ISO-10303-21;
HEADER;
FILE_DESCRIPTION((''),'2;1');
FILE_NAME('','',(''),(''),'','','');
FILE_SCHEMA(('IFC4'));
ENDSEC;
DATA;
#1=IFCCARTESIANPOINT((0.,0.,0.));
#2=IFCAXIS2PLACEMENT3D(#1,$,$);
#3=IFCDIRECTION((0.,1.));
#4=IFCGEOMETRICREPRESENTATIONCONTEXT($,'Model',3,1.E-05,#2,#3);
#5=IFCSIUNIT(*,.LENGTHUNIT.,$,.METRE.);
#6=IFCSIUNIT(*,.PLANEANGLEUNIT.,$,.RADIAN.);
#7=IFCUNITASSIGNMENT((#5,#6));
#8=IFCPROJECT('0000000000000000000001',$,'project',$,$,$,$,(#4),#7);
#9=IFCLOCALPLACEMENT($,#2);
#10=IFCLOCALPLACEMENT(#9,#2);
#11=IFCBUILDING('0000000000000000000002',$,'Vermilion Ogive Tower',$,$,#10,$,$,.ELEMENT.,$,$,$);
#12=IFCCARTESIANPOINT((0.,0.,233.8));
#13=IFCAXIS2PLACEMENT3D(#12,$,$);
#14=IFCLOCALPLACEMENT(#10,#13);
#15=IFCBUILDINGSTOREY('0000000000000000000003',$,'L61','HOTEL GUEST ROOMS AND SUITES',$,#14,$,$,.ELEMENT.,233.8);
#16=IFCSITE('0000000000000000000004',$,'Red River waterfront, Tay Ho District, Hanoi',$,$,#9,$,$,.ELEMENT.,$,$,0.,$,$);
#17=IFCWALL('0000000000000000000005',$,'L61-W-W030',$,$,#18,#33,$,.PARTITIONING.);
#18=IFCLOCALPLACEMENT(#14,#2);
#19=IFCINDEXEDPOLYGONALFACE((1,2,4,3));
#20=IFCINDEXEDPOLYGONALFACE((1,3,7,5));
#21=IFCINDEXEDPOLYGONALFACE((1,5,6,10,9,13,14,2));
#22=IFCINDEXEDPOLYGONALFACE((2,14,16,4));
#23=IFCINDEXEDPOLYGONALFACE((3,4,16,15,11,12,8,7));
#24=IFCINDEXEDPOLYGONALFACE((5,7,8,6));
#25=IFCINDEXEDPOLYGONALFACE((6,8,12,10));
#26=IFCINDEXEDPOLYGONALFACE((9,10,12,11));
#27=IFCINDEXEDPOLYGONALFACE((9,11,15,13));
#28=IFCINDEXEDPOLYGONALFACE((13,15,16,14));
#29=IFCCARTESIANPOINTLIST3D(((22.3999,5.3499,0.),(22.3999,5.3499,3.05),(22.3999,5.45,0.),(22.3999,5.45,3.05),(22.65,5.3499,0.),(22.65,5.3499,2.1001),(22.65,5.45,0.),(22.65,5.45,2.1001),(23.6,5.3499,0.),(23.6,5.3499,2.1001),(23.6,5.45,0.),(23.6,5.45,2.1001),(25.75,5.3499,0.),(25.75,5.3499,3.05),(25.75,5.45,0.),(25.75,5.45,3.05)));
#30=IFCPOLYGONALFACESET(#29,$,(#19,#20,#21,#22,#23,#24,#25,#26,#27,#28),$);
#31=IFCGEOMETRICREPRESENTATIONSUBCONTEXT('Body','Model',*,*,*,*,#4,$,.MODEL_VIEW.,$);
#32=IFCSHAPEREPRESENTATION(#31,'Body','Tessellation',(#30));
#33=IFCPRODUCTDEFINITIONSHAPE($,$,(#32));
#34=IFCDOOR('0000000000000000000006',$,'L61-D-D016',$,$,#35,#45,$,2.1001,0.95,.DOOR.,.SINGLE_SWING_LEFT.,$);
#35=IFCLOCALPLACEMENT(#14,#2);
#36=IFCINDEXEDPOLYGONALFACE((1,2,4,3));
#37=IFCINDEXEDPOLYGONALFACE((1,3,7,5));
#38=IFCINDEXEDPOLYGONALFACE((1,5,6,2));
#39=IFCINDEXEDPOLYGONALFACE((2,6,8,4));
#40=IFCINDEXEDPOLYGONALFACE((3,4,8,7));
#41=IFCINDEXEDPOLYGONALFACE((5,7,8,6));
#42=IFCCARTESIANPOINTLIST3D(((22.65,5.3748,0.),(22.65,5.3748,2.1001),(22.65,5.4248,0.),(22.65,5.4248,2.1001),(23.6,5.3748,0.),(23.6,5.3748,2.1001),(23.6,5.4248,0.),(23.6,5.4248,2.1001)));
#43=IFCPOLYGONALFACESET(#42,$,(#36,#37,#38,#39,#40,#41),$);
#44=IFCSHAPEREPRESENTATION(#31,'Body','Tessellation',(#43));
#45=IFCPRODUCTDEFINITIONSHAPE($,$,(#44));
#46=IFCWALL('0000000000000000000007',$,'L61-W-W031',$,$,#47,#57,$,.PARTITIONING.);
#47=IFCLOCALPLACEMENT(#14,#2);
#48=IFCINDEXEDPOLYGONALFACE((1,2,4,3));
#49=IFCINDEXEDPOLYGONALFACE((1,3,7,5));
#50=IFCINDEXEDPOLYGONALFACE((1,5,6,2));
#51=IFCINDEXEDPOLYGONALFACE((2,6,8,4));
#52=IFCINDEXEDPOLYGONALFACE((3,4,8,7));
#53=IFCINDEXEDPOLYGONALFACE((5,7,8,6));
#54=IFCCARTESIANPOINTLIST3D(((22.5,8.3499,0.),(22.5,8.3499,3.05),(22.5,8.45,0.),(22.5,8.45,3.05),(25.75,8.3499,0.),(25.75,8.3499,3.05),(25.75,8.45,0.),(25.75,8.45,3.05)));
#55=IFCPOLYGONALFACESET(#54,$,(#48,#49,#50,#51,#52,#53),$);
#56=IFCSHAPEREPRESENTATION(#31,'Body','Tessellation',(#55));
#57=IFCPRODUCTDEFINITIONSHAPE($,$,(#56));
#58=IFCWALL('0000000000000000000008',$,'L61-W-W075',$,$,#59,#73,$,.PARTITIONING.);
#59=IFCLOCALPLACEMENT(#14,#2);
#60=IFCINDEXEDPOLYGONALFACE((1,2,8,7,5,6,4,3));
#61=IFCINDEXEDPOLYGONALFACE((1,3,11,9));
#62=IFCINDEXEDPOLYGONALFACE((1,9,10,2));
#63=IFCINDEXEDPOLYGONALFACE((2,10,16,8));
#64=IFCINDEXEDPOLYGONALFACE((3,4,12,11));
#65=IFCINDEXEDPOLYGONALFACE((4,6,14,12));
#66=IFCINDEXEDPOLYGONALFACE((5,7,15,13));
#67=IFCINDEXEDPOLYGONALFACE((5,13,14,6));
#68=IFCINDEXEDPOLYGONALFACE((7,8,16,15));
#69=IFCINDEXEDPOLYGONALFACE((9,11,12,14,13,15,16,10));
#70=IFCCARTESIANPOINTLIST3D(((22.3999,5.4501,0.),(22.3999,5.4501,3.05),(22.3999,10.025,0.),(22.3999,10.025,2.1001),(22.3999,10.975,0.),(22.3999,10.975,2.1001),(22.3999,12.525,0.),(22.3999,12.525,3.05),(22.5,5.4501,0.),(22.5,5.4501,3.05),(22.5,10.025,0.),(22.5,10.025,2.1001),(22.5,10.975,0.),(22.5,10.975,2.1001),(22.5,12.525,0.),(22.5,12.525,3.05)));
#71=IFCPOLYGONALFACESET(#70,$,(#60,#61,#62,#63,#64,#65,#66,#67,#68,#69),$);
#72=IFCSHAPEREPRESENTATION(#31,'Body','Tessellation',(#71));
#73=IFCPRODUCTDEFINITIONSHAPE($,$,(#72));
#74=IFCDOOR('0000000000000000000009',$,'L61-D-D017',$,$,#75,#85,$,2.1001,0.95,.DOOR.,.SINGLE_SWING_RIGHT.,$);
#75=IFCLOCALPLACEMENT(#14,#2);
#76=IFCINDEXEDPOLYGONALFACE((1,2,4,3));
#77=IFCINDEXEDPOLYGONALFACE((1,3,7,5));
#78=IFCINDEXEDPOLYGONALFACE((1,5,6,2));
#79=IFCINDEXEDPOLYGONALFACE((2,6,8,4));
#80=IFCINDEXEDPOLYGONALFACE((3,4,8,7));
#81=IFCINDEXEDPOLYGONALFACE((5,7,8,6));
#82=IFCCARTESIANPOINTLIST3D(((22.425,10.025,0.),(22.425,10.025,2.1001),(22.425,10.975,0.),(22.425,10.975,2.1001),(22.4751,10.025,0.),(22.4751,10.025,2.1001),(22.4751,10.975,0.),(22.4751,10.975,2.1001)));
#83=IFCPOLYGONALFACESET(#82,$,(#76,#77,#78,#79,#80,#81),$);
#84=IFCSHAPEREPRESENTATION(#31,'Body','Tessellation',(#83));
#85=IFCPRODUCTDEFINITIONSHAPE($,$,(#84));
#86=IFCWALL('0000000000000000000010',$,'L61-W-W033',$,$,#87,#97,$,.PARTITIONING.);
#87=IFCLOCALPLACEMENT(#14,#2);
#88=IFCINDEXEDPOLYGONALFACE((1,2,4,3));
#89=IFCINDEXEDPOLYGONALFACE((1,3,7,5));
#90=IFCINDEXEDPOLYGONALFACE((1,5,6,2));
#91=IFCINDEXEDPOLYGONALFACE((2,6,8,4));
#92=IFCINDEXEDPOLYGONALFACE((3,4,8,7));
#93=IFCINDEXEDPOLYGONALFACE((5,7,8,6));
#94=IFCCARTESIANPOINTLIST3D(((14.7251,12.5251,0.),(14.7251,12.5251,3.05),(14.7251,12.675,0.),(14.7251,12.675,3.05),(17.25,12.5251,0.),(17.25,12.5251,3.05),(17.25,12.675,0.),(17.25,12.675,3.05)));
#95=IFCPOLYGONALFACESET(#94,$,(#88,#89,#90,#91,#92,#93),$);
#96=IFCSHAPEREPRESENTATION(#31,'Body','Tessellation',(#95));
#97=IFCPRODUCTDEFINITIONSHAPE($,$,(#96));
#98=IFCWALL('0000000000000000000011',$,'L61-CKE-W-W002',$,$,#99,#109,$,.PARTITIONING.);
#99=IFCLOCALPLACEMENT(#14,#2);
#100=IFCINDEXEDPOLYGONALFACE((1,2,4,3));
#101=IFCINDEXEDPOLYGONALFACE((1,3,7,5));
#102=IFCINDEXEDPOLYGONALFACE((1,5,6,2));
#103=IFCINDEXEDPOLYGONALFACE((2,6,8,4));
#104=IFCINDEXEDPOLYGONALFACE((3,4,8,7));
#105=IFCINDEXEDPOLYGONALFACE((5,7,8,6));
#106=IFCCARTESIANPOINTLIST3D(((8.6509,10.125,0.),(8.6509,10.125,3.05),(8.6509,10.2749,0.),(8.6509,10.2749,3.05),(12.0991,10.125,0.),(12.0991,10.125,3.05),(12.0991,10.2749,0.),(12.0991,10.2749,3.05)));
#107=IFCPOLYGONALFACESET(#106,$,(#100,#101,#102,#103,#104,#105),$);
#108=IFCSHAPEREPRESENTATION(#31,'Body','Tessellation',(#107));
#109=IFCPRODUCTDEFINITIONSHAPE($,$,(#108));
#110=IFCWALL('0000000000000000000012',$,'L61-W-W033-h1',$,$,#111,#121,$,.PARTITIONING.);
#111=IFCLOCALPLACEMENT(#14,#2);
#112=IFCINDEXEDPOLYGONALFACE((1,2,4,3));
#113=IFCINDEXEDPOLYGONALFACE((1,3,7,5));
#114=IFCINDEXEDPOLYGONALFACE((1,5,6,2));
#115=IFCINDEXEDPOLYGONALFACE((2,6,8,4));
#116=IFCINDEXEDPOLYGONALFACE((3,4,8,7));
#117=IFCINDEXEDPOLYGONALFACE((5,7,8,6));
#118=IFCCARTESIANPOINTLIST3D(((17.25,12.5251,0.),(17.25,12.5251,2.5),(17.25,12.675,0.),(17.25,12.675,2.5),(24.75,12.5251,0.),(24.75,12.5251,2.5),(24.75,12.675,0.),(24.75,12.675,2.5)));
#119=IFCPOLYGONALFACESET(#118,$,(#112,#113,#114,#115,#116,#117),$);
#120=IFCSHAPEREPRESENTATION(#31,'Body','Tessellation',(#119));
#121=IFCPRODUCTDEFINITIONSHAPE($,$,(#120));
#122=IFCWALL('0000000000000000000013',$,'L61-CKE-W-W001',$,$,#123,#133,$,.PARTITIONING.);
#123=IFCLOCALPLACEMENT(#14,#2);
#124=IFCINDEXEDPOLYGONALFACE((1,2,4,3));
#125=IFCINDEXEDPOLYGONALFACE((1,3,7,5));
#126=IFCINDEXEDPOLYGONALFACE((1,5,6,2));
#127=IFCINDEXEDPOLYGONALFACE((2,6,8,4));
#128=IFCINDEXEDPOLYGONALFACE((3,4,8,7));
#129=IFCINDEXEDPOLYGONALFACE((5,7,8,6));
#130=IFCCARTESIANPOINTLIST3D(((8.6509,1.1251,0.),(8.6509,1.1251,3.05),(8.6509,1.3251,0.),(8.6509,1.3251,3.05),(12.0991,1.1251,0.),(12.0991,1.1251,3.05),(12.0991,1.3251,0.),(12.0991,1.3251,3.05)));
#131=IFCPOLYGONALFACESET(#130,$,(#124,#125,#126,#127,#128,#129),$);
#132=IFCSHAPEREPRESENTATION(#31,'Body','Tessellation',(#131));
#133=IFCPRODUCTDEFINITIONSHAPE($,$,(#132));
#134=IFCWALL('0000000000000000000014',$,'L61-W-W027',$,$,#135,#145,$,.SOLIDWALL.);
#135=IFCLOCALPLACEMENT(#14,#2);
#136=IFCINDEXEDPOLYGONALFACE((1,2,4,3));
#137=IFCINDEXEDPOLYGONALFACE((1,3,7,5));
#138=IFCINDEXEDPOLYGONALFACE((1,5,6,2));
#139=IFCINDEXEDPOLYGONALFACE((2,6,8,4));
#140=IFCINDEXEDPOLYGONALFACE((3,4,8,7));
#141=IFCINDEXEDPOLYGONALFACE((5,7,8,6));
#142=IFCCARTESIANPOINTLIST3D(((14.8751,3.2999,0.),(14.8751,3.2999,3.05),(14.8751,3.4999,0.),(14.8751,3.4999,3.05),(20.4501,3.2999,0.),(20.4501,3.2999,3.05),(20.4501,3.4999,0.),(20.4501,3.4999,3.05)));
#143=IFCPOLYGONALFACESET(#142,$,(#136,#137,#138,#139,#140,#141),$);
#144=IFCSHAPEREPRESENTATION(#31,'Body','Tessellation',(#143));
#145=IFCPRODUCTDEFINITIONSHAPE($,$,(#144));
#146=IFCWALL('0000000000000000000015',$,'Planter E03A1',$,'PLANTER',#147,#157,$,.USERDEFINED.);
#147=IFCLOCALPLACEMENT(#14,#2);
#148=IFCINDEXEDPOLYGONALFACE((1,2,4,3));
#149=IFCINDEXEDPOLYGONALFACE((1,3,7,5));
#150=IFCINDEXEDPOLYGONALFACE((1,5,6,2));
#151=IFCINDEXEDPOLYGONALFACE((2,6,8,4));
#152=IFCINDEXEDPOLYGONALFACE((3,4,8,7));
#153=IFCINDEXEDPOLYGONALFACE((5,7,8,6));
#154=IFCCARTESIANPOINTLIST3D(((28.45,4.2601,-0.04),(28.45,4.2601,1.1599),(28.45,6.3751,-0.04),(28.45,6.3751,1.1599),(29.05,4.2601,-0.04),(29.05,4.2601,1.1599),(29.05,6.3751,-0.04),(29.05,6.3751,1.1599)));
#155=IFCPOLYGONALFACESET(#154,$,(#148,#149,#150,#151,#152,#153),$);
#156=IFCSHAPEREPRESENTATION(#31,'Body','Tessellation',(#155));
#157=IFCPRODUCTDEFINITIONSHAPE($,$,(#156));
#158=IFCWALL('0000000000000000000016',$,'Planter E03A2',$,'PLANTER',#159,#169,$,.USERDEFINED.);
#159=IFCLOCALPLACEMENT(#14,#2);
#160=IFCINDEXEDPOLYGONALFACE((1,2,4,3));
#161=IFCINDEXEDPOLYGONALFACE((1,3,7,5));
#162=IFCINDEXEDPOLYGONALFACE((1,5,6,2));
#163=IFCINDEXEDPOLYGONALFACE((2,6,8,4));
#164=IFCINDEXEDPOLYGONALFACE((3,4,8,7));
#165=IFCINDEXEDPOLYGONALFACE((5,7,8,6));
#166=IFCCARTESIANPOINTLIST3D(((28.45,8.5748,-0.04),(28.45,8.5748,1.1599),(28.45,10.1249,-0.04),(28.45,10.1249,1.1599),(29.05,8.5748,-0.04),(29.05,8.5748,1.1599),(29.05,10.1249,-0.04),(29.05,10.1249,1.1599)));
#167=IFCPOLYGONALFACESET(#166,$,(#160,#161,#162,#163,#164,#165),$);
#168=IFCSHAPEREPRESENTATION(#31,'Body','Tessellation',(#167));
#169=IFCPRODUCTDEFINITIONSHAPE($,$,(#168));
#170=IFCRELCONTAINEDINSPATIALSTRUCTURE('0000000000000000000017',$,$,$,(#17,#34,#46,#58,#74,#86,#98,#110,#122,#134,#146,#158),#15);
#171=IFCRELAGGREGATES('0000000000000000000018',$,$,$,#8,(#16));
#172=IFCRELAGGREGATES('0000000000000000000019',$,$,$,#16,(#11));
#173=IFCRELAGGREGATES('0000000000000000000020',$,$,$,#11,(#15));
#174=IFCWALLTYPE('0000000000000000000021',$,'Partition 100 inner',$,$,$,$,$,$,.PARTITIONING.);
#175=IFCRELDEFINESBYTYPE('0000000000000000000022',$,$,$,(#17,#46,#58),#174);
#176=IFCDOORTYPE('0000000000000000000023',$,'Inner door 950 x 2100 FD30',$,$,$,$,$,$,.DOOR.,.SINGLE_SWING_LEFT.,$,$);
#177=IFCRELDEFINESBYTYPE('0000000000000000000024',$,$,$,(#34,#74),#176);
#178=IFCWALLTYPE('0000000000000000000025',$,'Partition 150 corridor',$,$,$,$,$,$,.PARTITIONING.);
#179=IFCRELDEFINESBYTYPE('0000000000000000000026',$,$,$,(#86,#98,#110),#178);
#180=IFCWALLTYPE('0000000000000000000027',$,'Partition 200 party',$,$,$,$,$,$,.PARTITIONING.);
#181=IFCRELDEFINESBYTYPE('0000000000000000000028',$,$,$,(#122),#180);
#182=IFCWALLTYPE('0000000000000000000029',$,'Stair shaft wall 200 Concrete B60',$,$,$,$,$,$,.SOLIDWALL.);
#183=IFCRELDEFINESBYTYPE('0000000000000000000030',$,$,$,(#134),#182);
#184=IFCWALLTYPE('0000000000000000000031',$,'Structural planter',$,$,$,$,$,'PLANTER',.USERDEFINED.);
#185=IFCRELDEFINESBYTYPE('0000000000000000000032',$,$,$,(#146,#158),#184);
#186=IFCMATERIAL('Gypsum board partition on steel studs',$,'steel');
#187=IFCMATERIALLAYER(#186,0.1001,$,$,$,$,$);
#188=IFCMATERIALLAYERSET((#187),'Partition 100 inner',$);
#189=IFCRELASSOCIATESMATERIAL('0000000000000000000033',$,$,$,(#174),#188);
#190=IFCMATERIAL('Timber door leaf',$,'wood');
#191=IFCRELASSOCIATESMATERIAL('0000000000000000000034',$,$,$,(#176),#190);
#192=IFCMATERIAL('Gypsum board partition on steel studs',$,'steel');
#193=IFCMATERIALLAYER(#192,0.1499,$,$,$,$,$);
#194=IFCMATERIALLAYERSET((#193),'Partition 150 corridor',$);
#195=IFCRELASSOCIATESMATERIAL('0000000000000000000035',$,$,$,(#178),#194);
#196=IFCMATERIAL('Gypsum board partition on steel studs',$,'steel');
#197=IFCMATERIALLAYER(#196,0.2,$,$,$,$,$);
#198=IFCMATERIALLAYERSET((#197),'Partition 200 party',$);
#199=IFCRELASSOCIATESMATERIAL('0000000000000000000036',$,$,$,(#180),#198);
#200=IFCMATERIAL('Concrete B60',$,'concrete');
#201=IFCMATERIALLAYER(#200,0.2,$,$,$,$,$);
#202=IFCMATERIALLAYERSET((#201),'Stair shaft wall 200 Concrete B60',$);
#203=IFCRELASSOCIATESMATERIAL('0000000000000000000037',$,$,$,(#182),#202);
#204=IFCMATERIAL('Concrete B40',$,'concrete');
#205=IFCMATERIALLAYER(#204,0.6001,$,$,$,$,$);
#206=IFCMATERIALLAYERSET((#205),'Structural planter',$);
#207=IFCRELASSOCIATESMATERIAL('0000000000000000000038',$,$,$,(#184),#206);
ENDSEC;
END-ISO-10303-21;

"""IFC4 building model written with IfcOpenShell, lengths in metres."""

from ifc_helpers import new_model, si_unit, direction, frame, frame_2d, origin, place, context, subcontext, project, spatial, rectangle, extrude, material, layer, layer_set, type_object, element, fill, save


model = new_model("IFC4")

# Units and contexts
model_context = context("Model", 3, precision=1e-05, world=origin(), true_north=direction((0.0, 1.0)))
body_context = subcontext(model_context, "Body", "Model", "MODEL_VIEW")
ifc_project = project(units=[si_unit("LENGTHUNIT", "METRE"), si_unit("PLANEANGLEUNIT", "RADIAN")], contexts=[model_context])

# Site, building, storey
site_placement = place(None, origin())
site = spatial("IfcSite", under=ifc_project, at=site_placement, Name="Red River waterfront, Tay Ho District, Hanoi", CompositionType="ELEMENT", RefElevation=0.0)
building_placement = place(site_placement, origin())
building = spatial("IfcBuilding", under=site, at=building_placement, Name="Vermilion Ogive Tower", CompositionType="ELEMENT")
storey_placement = place(building_placement, frame((0.0, 0.0, 233.8)))
storey = spatial("IfcBuildingStorey", under=building, at=storey_placement, Name="L61", Description="HOTEL GUEST ROOMS AND SUITES", CompositionType="ELEMENT", Elevation=233.8)

# Wall, opening, door
ifc_material_1 = material(Name="Gypsum board partition on steel studs", Category="steel")
ifc_layer_1 = layer(ifc_material_1, 0.1001)
ifc_layer_set_1 = layer_set([ifc_layer_1], Name="Partition 100 inner")
wall_type_1 = type_object("IfcWallType", Name="Partition 100 inner", PredefinedType="PARTITIONING", material=ifc_layer_set_1)
ifc_material_2 = material(Name="Timber door leaf", Category="wood")
door_type_1 = type_object("IfcDoorType", Name="Inner door 950 x 2100 FD30", OperationType="SINGLE_SWING_LEFT", PredefinedType="DOOR", material=ifc_material_2)
wall_1_placement = place(storey_placement, frame((22.3999, 5.3999, 0.0), z_axis=(0.0, 0.0, 1.0), x_axis=(1.0, 0.0, 0.0)))
wall_1 = element("IfcWall", 1, at=wall_1_placement, inside=storey, type_object=wall_type_1, Name="L61-W-W030", PredefinedType="PARTITIONING", context=body_context, shape_type="SweptSolid", body=[
    extrude(rectangle(XDim=3.3501, YDim=0.1001, at=frame_2d((1.675, 0.0))), origin(), (0.0, 0.0, 1.0), 3.05),
])
opening_1_placement = place(wall_1_placement, frame((0.25, 0.0, 0.0)))
opening_1 = element("IfcOpeningElement", 2, at=opening_1_placement, cuts=wall_1, PredefinedType="OPENING", context=body_context, shape_type="SweptSolid", body=[
    extrude(rectangle(XDim=0.95, YDim=2.1001, at=frame_2d((0.4751, 1.05))), frame((0.0, 0.0601, 0.0), z_axis=(0.0, -1.0, 0.0), x_axis=(1.0, 0.0, 0.0)), (0.0, 0.0, 1.0), 0.1201),
])
door_1_placement = place(opening_1_placement, origin())
door_1 = element("IfcDoor", 3, at=door_1_placement, inside=storey, type_object=door_type_1, Name="L61-D-D016", OperationType="SINGLE_SWING_LEFT", OverallHeight=2.1001, OverallWidth=0.95, PredefinedType="DOOR", context=body_context, shape_type="SweptSolid", body=[
    extrude(rectangle(XDim=0.95, YDim=2.1001, at=frame_2d((0.4751, 1.05))), frame((0.0, 0.0249, 0.0), z_axis=(0.0, -1.0, 0.0), x_axis=(1.0, 0.0, 0.0)), (0.0, 0.0, 1.0), 0.05),
])
fill(opening_1, door_1)

# Wall
wall_2_placement = place(storey_placement, frame((22.5, 8.3999, 0.0), z_axis=(0.0, 0.0, 1.0), x_axis=(1.0, 0.0, 0.0)))
element("IfcWall", 4, at=wall_2_placement, inside=storey, type_object=wall_type_1, Name="L61-W-W031", PredefinedType="PARTITIONING", context=body_context, shape_type="SweptSolid", body=[
    extrude(rectangle(XDim=3.25, YDim=0.1001, at=frame_2d((1.625, 0.0))), origin(), (0.0, 0.0, 1.0), 3.05),
])

# Wall, opening, door
wall_3_placement = place(storey_placement, frame((22.45, 5.45, 0.0), z_axis=(0.0, 0.0, 1.0), x_axis=(0.0, 1.0, 0.0)))
wall_3 = element("IfcWall", 5, at=wall_3_placement, inside=storey, type_object=wall_type_1, Name="L61-W-W075", PredefinedType="PARTITIONING", context=body_context, shape_type="SweptSolid", body=[
    extrude(rectangle(XDim=7.075, YDim=0.1001, at=frame_2d((3.5376, 0.0))), origin(), (0.0, 0.0, 1.0), 3.05),
])
opening_2_placement = place(wall_3_placement, frame((4.575, 0.0, 0.0)))
opening_2 = element("IfcOpeningElement", 6, at=opening_2_placement, cuts=wall_3, PredefinedType="OPENING", context=body_context, shape_type="SweptSolid", body=[
    extrude(rectangle(XDim=0.95, YDim=2.1001, at=frame_2d((0.4751, 1.05))), frame((0.0, 0.0601, 0.0), z_axis=(0.0, -1.0, 0.0), x_axis=(1.0, 0.0, 0.0)), (0.0, 0.0, 1.0), 0.1201),
])
door_2_placement = place(opening_2_placement, origin())
door_2 = element("IfcDoor", 7, at=door_2_placement, inside=storey, type_object=door_type_1, Name="L61-D-D017", OperationType="SINGLE_SWING_RIGHT", OverallHeight=2.1001, OverallWidth=0.95, PredefinedType="DOOR", context=body_context, shape_type="SweptSolid", body=[
    extrude(rectangle(XDim=0.95, YDim=2.1001, at=frame_2d((0.4751, 1.05))), frame((0.0, 0.0249, 0.0), z_axis=(0.0, -1.0, 0.0), x_axis=(1.0, 0.0, 0.0)), (0.0, 0.0, 1.0), 0.05),
])
fill(opening_2, door_2)

# Walls
ifc_material_3 = material(Name="Gypsum board partition on steel studs", Category="steel")
ifc_layer_2 = layer(ifc_material_3, 0.1499)
ifc_layer_set_2 = layer_set([ifc_layer_2], Name="Partition 150 corridor")
wall_type_2 = type_object("IfcWallType", Name="Partition 150 corridor", PredefinedType="PARTITIONING", material=ifc_layer_set_2)
wall_4_placement = place(storey_placement, frame((14.7251, 12.6001, 0.0), z_axis=(0.0, 0.0, 1.0), x_axis=(1.0, 0.0, 0.0)))
element("IfcWall", 8, at=wall_4_placement, inside=storey, type_object=wall_type_2, Name="L61-W-W033", PredefinedType="PARTITIONING", context=body_context, shape_type="SweptSolid", body=[
    extrude(rectangle(XDim=2.5249, YDim=0.1499, at=frame_2d((1.2625, 0.0))), origin(), (0.0, 0.0, 1.0), 3.05),
])
wall_5_placement = place(storey_placement, frame((8.6509, 10.2, 0.0), z_axis=(0.0, 0.0, 1.0), x_axis=(1.0, 0.0, 0.0)))
element("IfcWall", 9, at=wall_5_placement, inside=storey, type_object=wall_type_2, Name="L61-CKE-W-W002", PredefinedType="PARTITIONING", context=body_context, shape_type="SweptSolid", body=[
    extrude(rectangle(XDim=3.4482, YDim=0.1499, at=frame_2d((1.7241, 0.0))), origin(), (0.0, 0.0, 1.0), 3.05),
])
wall_6_placement = place(storey_placement, frame((17.25, 12.6001, 0.0), z_axis=(0.0, 0.0, 1.0), x_axis=(1.0, 0.0, 0.0)))
element("IfcWall", 10, at=wall_6_placement, inside=storey, type_object=wall_type_2, Name="L61-W-W033-h1", PredefinedType="PARTITIONING", context=body_context, shape_type="SweptSolid", body=[
    extrude(rectangle(XDim=7.5, YDim=0.1499, at=frame_2d((3.75, 0.0))), origin(), (0.0, 0.0, 1.0), 2.5),
])
ifc_material_4 = material(Name="Gypsum board partition on steel studs", Category="steel")
ifc_layer_3 = layer(ifc_material_4, 0.2)
ifc_layer_set_3 = layer_set([ifc_layer_3], Name="Partition 200 party")
wall_type_3 = type_object("IfcWallType", Name="Partition 200 party", PredefinedType="PARTITIONING", material=ifc_layer_set_3)
wall_7_placement = place(storey_placement, frame((8.6509, 1.2251, 0.0), z_axis=(0.0, 0.0, 1.0), x_axis=(1.0, 0.0, 0.0)))
element("IfcWall", 11, at=wall_7_placement, inside=storey, type_object=wall_type_3, Name="L61-CKE-W-W001", PredefinedType="PARTITIONING", context=body_context, shape_type="SweptSolid", body=[
    extrude(rectangle(XDim=3.4482, YDim=0.2, at=frame_2d((1.7241, 0.0))), origin(), (0.0, 0.0, 1.0), 3.05),
])
ifc_material_5 = material(Name="Concrete B60", Category="concrete")
ifc_layer_4 = layer(ifc_material_5, 0.2)
ifc_layer_set_4 = layer_set([ifc_layer_4], Name="Stair shaft wall 200 Concrete B60")
wall_type_4 = type_object("IfcWallType", Name="Stair shaft wall 200 Concrete B60", PredefinedType="SOLIDWALL", material=ifc_layer_set_4)
wall_8_placement = place(storey_placement, frame((14.875, 3.3999, 0.0), z_axis=(0.0, 0.0, 1.0), x_axis=(1.0, 0.0, 0.0)))
element("IfcWall", 12, at=wall_8_placement, inside=storey, type_object=wall_type_4, Name="L61-W-W027", PredefinedType="SOLIDWALL", context=body_context, shape_type="SweptSolid", body=[
    extrude(rectangle(XDim=5.575, YDim=0.2, at=frame_2d((2.7876, 0.0))), origin(), (0.0, 0.0, 1.0), 3.05),
])
ifc_material_6 = material(Name="Concrete B40", Category="concrete")
ifc_layer_5 = layer(ifc_material_6, 0.6001)
ifc_layer_set_5 = layer_set([ifc_layer_5], Name="Structural planter")
wall_type_5 = type_object("IfcWallType", Name="Structural planter", ElementType="PLANTER", PredefinedType="USERDEFINED", material=ifc_layer_set_5)
wall_9_placement = place(storey_placement, frame((28.75, 4.26, -0.04), z_axis=(0.0, 0.0, 1.0), x_axis=(0.0, 1.0, 0.0)))
element("IfcWall", 13, at=wall_9_placement, inside=storey, type_object=wall_type_5, Name="Planter E03A1", ObjectType="PLANTER", PredefinedType="USERDEFINED", context=body_context, shape_type="SweptSolid", body=[
    extrude(rectangle(XDim=2.115, YDim=0.6001, at=frame_2d((1.0576, 0.0))), origin(), (0.0, 0.0, 1.0), 1.2),
])
wall_10_placement = place(storey_placement, frame((28.75, 8.575, -0.04), z_axis=(0.0, 0.0, 1.0), x_axis=(0.0, 1.0, 0.0)))
element("IfcWall", 14, at=wall_10_placement, inside=storey, type_object=wall_type_5, Name="Planter E03A2", ObjectType="PLANTER", PredefinedType="USERDEFINED", context=body_context, shape_type="SweptSolid", body=[
    extrude(rectangle(XDim=1.55, YDim=0.6001, at=frame_2d((0.7749, 0.0))), origin(), (0.0, 0.0, 1.0), 1.2),
])

save(model, "model.ifc")
